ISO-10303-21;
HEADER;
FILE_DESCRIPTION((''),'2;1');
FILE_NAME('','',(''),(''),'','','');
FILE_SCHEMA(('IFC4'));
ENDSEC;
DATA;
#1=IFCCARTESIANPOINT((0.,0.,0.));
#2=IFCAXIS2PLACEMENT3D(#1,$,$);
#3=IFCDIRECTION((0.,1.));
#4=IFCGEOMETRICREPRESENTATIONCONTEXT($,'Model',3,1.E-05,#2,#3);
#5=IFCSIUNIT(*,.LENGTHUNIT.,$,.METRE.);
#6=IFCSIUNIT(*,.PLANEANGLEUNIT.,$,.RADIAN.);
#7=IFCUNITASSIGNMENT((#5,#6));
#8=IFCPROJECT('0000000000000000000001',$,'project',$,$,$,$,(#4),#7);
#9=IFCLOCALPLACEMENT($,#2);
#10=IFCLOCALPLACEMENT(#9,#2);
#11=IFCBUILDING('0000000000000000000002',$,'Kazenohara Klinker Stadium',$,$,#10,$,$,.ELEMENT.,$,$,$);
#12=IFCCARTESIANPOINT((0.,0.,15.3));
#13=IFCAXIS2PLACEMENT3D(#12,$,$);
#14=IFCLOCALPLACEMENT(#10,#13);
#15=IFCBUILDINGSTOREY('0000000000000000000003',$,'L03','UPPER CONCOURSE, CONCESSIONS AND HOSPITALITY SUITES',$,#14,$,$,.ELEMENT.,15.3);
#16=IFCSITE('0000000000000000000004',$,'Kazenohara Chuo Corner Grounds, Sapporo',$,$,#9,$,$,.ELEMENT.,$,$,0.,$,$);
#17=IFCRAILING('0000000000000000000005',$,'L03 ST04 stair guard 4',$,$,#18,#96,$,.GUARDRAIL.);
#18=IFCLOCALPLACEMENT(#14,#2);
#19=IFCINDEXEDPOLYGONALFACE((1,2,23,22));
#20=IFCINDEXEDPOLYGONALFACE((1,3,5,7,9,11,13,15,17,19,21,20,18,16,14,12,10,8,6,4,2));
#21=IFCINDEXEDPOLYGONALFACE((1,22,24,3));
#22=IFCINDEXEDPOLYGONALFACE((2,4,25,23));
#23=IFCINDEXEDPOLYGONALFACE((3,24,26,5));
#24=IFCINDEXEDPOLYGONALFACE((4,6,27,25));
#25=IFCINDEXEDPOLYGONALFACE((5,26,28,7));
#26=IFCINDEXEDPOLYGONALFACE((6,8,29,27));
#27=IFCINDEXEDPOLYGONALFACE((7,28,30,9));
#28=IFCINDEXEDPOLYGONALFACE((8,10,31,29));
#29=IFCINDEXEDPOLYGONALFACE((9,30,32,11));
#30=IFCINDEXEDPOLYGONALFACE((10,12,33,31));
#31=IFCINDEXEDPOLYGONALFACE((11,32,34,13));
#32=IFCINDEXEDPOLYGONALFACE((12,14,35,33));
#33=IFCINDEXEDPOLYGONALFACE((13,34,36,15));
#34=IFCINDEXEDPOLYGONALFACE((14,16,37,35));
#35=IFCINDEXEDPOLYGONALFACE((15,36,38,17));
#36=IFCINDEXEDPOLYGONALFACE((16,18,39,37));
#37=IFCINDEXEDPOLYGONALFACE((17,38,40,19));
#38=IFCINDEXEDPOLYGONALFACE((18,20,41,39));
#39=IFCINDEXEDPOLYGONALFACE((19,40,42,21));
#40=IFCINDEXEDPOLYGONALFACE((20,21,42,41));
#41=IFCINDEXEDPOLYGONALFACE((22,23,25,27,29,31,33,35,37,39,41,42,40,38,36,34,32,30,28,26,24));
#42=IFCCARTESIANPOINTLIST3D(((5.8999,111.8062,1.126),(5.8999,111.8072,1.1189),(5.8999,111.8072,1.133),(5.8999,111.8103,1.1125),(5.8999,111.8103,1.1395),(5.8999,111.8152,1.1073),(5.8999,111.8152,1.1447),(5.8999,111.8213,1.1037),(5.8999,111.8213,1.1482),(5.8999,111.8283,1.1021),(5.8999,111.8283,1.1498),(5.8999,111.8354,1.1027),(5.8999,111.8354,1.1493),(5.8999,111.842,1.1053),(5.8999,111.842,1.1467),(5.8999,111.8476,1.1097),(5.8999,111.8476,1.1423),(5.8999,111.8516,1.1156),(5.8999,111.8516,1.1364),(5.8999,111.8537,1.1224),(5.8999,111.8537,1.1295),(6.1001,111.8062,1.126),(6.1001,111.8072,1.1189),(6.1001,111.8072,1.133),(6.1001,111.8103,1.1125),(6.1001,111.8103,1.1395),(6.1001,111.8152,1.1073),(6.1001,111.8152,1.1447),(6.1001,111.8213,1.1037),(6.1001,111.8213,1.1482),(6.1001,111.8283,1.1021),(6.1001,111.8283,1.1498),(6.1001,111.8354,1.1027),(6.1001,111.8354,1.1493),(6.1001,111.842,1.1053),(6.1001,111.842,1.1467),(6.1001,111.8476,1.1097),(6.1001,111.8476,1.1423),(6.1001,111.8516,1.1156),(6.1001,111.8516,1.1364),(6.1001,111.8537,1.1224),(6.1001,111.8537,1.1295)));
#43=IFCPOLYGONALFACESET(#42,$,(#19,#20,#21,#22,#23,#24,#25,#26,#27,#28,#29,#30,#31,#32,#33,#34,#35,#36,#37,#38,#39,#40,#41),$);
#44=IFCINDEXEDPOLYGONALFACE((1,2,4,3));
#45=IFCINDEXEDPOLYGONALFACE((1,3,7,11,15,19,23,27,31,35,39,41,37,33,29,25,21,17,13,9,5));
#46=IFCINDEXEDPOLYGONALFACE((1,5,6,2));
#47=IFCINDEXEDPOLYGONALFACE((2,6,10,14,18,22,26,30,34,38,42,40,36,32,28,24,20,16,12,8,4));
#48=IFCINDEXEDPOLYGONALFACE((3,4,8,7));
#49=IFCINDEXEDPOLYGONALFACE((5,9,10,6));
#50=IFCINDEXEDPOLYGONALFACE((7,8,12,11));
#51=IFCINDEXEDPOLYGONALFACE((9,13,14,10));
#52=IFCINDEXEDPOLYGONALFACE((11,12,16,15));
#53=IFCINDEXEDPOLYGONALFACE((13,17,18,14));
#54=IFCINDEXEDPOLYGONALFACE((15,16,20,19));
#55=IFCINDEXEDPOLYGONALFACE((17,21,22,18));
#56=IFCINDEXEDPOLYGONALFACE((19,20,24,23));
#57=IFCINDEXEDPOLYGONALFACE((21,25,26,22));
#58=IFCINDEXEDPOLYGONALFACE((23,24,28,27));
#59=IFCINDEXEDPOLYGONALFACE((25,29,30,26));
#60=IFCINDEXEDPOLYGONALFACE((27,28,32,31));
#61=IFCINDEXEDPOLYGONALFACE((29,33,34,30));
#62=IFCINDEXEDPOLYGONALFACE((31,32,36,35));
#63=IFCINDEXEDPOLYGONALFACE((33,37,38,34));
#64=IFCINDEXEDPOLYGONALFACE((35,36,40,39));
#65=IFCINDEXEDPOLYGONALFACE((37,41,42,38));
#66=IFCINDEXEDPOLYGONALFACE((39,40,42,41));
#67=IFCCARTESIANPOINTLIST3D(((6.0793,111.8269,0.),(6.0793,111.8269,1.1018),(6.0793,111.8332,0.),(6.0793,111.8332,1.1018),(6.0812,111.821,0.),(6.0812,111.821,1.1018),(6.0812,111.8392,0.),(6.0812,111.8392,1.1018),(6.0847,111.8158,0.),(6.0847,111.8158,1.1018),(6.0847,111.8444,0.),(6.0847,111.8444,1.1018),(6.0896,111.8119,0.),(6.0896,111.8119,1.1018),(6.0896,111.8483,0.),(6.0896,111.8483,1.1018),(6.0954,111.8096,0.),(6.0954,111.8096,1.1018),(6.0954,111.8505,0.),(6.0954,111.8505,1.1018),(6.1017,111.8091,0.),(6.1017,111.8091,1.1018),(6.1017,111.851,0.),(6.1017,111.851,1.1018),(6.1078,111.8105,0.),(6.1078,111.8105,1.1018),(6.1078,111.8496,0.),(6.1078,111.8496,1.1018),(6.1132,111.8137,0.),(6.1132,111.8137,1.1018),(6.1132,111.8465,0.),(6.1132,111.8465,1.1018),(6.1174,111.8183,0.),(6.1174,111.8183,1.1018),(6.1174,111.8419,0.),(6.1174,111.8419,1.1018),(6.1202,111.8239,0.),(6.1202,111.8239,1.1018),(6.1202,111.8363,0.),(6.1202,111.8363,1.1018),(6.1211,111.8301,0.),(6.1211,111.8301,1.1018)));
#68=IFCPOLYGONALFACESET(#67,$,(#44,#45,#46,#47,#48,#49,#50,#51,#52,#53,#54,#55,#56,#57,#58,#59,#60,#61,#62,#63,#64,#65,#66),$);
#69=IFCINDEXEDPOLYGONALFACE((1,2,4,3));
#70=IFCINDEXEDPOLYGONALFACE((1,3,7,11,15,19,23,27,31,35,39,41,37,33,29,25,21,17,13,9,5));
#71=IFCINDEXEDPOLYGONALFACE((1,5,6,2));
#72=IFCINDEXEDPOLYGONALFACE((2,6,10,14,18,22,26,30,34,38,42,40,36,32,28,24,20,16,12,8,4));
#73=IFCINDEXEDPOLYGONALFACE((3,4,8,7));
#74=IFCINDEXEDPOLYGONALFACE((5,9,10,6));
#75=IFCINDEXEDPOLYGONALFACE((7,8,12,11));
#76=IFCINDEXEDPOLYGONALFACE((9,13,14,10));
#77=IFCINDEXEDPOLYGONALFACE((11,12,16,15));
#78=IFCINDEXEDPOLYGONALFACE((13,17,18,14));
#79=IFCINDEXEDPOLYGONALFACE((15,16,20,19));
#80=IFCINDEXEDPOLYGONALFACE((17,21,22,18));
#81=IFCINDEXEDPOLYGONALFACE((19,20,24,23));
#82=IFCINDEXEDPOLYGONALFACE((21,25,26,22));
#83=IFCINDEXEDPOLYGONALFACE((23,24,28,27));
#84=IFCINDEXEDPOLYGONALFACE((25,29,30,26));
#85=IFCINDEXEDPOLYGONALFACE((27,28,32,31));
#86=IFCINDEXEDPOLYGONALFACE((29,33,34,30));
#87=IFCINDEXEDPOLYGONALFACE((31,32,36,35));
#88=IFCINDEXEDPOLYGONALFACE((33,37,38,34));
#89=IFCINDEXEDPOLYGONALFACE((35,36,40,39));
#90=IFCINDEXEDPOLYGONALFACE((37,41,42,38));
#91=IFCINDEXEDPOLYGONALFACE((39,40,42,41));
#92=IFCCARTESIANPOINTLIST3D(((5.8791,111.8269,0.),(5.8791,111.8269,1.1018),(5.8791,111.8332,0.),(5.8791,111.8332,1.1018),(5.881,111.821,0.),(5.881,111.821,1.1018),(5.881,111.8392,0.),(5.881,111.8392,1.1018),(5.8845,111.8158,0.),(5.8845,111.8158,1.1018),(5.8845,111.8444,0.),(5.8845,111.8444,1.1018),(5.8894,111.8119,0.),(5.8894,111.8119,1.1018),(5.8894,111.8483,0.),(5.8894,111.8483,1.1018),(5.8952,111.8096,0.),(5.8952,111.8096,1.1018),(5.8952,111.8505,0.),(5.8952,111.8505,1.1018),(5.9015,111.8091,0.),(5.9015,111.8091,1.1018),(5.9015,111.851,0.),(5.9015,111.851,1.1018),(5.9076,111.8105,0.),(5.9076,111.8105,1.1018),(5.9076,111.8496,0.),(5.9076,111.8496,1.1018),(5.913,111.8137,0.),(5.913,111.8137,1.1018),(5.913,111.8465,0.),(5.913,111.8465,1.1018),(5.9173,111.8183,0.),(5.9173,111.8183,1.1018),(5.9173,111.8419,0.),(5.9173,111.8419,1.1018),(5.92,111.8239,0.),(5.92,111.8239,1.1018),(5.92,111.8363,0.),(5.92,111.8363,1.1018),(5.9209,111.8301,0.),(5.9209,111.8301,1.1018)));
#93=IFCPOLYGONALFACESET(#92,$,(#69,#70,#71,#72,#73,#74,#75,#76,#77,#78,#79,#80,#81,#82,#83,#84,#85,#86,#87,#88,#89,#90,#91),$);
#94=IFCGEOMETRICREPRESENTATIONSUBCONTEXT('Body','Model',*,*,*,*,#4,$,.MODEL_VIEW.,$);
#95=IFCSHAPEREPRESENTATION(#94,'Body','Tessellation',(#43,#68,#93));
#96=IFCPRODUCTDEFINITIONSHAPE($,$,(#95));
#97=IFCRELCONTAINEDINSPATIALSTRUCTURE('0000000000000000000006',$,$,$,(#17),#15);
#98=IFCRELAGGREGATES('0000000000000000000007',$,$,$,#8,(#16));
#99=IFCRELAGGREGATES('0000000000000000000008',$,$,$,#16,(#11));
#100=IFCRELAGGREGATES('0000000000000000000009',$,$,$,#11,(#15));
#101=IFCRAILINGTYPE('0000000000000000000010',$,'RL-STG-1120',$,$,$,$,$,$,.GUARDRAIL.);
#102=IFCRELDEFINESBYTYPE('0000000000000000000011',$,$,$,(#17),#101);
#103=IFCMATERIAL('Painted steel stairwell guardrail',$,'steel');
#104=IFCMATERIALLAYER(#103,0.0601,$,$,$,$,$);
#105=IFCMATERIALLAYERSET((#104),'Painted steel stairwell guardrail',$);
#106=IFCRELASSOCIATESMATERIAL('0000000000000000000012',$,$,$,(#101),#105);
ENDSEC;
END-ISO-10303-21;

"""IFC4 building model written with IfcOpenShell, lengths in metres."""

from ifc_helpers import new_model, si_unit, direction, frame, origin, origin_2d, place, context, subcontext, project, spatial, circle, extrude, material, layer, layer_set, type_object, element, save


model = new_model("IFC4")

# Units and contexts
model_context = context("Model", 3, precision=1e-05, world=origin(), true_north=direction((0.0, 1.0)))
body_context = subcontext(model_context, "Body", "Model", "MODEL_VIEW")
ifc_project = project(units=[si_unit("LENGTHUNIT", "METRE"), si_unit("PLANEANGLEUNIT", "RADIAN")], contexts=[model_context])

# Site, building, storey
site_placement = place(None, origin())
site = spatial("IfcSite", under=ifc_project, at=site_placement, Name="Kazenohara Chuo Corner Grounds, Sapporo", CompositionType="ELEMENT", RefElevation=0.0)
building_placement = place(site_placement, origin())
building = spatial("IfcBuilding", under=site, at=building_placement, Name="Kazenohara Klinker Stadium", CompositionType="ELEMENT")
storey_placement = place(building_placement, frame((0.0, 0.0, 15.3)))
storey = spatial("IfcBuildingStorey", under=building, at=storey_placement, Name="L03", Description="UPPER CONCOURSE, CONCESSIONS AND HOSPITALITY SUITES", CompositionType="ELEMENT", Elevation=15.3)

# Railing
ifc_material_1 = material(Name="Painted steel stairwell guardrail", Category="steel")
ifc_layer_1 = layer(ifc_material_1, 0.0601)
ifc_layer_set_1 = layer_set([ifc_layer_1], Name="Painted steel stairwell guardrail")
railing_type_1 = type_object("IfcRailingType", Name="RL-STG-1120", PredefinedType="GUARDRAIL", material=ifc_layer_set_1)
railing_1_placement = place(storey_placement, frame((6.1001, 111.8301, 0.0)))
element("IfcRailing", 1, at=railing_1_placement, inside=storey, type_object=railing_type_1, Name="L03 ST04 stair guard 4", PredefinedType="GUARDRAIL", context=body_context, shape_type="SweptSolid", body=[
    extrude(circle(Radius=0.0239, at=origin_2d()), frame((0.0, 0.0, 1.126), z_axis=(-1.0, 0.0, 0.0), x_axis=(0.0, -1.0, 0.0)), (0.0, 0.0, 1.0), 0.2002),
    extrude(circle(Radius=0.021, at=origin_2d()), origin(), (0.0, 0.0, 1.0), 1.1018),
    extrude(circle(Radius=0.021, at=origin_2d()), frame((-0.2002, 0.0, 0.0)), (0.0, 0.0, 1.0), 1.1018),
])

save(model, "model.ifc")
